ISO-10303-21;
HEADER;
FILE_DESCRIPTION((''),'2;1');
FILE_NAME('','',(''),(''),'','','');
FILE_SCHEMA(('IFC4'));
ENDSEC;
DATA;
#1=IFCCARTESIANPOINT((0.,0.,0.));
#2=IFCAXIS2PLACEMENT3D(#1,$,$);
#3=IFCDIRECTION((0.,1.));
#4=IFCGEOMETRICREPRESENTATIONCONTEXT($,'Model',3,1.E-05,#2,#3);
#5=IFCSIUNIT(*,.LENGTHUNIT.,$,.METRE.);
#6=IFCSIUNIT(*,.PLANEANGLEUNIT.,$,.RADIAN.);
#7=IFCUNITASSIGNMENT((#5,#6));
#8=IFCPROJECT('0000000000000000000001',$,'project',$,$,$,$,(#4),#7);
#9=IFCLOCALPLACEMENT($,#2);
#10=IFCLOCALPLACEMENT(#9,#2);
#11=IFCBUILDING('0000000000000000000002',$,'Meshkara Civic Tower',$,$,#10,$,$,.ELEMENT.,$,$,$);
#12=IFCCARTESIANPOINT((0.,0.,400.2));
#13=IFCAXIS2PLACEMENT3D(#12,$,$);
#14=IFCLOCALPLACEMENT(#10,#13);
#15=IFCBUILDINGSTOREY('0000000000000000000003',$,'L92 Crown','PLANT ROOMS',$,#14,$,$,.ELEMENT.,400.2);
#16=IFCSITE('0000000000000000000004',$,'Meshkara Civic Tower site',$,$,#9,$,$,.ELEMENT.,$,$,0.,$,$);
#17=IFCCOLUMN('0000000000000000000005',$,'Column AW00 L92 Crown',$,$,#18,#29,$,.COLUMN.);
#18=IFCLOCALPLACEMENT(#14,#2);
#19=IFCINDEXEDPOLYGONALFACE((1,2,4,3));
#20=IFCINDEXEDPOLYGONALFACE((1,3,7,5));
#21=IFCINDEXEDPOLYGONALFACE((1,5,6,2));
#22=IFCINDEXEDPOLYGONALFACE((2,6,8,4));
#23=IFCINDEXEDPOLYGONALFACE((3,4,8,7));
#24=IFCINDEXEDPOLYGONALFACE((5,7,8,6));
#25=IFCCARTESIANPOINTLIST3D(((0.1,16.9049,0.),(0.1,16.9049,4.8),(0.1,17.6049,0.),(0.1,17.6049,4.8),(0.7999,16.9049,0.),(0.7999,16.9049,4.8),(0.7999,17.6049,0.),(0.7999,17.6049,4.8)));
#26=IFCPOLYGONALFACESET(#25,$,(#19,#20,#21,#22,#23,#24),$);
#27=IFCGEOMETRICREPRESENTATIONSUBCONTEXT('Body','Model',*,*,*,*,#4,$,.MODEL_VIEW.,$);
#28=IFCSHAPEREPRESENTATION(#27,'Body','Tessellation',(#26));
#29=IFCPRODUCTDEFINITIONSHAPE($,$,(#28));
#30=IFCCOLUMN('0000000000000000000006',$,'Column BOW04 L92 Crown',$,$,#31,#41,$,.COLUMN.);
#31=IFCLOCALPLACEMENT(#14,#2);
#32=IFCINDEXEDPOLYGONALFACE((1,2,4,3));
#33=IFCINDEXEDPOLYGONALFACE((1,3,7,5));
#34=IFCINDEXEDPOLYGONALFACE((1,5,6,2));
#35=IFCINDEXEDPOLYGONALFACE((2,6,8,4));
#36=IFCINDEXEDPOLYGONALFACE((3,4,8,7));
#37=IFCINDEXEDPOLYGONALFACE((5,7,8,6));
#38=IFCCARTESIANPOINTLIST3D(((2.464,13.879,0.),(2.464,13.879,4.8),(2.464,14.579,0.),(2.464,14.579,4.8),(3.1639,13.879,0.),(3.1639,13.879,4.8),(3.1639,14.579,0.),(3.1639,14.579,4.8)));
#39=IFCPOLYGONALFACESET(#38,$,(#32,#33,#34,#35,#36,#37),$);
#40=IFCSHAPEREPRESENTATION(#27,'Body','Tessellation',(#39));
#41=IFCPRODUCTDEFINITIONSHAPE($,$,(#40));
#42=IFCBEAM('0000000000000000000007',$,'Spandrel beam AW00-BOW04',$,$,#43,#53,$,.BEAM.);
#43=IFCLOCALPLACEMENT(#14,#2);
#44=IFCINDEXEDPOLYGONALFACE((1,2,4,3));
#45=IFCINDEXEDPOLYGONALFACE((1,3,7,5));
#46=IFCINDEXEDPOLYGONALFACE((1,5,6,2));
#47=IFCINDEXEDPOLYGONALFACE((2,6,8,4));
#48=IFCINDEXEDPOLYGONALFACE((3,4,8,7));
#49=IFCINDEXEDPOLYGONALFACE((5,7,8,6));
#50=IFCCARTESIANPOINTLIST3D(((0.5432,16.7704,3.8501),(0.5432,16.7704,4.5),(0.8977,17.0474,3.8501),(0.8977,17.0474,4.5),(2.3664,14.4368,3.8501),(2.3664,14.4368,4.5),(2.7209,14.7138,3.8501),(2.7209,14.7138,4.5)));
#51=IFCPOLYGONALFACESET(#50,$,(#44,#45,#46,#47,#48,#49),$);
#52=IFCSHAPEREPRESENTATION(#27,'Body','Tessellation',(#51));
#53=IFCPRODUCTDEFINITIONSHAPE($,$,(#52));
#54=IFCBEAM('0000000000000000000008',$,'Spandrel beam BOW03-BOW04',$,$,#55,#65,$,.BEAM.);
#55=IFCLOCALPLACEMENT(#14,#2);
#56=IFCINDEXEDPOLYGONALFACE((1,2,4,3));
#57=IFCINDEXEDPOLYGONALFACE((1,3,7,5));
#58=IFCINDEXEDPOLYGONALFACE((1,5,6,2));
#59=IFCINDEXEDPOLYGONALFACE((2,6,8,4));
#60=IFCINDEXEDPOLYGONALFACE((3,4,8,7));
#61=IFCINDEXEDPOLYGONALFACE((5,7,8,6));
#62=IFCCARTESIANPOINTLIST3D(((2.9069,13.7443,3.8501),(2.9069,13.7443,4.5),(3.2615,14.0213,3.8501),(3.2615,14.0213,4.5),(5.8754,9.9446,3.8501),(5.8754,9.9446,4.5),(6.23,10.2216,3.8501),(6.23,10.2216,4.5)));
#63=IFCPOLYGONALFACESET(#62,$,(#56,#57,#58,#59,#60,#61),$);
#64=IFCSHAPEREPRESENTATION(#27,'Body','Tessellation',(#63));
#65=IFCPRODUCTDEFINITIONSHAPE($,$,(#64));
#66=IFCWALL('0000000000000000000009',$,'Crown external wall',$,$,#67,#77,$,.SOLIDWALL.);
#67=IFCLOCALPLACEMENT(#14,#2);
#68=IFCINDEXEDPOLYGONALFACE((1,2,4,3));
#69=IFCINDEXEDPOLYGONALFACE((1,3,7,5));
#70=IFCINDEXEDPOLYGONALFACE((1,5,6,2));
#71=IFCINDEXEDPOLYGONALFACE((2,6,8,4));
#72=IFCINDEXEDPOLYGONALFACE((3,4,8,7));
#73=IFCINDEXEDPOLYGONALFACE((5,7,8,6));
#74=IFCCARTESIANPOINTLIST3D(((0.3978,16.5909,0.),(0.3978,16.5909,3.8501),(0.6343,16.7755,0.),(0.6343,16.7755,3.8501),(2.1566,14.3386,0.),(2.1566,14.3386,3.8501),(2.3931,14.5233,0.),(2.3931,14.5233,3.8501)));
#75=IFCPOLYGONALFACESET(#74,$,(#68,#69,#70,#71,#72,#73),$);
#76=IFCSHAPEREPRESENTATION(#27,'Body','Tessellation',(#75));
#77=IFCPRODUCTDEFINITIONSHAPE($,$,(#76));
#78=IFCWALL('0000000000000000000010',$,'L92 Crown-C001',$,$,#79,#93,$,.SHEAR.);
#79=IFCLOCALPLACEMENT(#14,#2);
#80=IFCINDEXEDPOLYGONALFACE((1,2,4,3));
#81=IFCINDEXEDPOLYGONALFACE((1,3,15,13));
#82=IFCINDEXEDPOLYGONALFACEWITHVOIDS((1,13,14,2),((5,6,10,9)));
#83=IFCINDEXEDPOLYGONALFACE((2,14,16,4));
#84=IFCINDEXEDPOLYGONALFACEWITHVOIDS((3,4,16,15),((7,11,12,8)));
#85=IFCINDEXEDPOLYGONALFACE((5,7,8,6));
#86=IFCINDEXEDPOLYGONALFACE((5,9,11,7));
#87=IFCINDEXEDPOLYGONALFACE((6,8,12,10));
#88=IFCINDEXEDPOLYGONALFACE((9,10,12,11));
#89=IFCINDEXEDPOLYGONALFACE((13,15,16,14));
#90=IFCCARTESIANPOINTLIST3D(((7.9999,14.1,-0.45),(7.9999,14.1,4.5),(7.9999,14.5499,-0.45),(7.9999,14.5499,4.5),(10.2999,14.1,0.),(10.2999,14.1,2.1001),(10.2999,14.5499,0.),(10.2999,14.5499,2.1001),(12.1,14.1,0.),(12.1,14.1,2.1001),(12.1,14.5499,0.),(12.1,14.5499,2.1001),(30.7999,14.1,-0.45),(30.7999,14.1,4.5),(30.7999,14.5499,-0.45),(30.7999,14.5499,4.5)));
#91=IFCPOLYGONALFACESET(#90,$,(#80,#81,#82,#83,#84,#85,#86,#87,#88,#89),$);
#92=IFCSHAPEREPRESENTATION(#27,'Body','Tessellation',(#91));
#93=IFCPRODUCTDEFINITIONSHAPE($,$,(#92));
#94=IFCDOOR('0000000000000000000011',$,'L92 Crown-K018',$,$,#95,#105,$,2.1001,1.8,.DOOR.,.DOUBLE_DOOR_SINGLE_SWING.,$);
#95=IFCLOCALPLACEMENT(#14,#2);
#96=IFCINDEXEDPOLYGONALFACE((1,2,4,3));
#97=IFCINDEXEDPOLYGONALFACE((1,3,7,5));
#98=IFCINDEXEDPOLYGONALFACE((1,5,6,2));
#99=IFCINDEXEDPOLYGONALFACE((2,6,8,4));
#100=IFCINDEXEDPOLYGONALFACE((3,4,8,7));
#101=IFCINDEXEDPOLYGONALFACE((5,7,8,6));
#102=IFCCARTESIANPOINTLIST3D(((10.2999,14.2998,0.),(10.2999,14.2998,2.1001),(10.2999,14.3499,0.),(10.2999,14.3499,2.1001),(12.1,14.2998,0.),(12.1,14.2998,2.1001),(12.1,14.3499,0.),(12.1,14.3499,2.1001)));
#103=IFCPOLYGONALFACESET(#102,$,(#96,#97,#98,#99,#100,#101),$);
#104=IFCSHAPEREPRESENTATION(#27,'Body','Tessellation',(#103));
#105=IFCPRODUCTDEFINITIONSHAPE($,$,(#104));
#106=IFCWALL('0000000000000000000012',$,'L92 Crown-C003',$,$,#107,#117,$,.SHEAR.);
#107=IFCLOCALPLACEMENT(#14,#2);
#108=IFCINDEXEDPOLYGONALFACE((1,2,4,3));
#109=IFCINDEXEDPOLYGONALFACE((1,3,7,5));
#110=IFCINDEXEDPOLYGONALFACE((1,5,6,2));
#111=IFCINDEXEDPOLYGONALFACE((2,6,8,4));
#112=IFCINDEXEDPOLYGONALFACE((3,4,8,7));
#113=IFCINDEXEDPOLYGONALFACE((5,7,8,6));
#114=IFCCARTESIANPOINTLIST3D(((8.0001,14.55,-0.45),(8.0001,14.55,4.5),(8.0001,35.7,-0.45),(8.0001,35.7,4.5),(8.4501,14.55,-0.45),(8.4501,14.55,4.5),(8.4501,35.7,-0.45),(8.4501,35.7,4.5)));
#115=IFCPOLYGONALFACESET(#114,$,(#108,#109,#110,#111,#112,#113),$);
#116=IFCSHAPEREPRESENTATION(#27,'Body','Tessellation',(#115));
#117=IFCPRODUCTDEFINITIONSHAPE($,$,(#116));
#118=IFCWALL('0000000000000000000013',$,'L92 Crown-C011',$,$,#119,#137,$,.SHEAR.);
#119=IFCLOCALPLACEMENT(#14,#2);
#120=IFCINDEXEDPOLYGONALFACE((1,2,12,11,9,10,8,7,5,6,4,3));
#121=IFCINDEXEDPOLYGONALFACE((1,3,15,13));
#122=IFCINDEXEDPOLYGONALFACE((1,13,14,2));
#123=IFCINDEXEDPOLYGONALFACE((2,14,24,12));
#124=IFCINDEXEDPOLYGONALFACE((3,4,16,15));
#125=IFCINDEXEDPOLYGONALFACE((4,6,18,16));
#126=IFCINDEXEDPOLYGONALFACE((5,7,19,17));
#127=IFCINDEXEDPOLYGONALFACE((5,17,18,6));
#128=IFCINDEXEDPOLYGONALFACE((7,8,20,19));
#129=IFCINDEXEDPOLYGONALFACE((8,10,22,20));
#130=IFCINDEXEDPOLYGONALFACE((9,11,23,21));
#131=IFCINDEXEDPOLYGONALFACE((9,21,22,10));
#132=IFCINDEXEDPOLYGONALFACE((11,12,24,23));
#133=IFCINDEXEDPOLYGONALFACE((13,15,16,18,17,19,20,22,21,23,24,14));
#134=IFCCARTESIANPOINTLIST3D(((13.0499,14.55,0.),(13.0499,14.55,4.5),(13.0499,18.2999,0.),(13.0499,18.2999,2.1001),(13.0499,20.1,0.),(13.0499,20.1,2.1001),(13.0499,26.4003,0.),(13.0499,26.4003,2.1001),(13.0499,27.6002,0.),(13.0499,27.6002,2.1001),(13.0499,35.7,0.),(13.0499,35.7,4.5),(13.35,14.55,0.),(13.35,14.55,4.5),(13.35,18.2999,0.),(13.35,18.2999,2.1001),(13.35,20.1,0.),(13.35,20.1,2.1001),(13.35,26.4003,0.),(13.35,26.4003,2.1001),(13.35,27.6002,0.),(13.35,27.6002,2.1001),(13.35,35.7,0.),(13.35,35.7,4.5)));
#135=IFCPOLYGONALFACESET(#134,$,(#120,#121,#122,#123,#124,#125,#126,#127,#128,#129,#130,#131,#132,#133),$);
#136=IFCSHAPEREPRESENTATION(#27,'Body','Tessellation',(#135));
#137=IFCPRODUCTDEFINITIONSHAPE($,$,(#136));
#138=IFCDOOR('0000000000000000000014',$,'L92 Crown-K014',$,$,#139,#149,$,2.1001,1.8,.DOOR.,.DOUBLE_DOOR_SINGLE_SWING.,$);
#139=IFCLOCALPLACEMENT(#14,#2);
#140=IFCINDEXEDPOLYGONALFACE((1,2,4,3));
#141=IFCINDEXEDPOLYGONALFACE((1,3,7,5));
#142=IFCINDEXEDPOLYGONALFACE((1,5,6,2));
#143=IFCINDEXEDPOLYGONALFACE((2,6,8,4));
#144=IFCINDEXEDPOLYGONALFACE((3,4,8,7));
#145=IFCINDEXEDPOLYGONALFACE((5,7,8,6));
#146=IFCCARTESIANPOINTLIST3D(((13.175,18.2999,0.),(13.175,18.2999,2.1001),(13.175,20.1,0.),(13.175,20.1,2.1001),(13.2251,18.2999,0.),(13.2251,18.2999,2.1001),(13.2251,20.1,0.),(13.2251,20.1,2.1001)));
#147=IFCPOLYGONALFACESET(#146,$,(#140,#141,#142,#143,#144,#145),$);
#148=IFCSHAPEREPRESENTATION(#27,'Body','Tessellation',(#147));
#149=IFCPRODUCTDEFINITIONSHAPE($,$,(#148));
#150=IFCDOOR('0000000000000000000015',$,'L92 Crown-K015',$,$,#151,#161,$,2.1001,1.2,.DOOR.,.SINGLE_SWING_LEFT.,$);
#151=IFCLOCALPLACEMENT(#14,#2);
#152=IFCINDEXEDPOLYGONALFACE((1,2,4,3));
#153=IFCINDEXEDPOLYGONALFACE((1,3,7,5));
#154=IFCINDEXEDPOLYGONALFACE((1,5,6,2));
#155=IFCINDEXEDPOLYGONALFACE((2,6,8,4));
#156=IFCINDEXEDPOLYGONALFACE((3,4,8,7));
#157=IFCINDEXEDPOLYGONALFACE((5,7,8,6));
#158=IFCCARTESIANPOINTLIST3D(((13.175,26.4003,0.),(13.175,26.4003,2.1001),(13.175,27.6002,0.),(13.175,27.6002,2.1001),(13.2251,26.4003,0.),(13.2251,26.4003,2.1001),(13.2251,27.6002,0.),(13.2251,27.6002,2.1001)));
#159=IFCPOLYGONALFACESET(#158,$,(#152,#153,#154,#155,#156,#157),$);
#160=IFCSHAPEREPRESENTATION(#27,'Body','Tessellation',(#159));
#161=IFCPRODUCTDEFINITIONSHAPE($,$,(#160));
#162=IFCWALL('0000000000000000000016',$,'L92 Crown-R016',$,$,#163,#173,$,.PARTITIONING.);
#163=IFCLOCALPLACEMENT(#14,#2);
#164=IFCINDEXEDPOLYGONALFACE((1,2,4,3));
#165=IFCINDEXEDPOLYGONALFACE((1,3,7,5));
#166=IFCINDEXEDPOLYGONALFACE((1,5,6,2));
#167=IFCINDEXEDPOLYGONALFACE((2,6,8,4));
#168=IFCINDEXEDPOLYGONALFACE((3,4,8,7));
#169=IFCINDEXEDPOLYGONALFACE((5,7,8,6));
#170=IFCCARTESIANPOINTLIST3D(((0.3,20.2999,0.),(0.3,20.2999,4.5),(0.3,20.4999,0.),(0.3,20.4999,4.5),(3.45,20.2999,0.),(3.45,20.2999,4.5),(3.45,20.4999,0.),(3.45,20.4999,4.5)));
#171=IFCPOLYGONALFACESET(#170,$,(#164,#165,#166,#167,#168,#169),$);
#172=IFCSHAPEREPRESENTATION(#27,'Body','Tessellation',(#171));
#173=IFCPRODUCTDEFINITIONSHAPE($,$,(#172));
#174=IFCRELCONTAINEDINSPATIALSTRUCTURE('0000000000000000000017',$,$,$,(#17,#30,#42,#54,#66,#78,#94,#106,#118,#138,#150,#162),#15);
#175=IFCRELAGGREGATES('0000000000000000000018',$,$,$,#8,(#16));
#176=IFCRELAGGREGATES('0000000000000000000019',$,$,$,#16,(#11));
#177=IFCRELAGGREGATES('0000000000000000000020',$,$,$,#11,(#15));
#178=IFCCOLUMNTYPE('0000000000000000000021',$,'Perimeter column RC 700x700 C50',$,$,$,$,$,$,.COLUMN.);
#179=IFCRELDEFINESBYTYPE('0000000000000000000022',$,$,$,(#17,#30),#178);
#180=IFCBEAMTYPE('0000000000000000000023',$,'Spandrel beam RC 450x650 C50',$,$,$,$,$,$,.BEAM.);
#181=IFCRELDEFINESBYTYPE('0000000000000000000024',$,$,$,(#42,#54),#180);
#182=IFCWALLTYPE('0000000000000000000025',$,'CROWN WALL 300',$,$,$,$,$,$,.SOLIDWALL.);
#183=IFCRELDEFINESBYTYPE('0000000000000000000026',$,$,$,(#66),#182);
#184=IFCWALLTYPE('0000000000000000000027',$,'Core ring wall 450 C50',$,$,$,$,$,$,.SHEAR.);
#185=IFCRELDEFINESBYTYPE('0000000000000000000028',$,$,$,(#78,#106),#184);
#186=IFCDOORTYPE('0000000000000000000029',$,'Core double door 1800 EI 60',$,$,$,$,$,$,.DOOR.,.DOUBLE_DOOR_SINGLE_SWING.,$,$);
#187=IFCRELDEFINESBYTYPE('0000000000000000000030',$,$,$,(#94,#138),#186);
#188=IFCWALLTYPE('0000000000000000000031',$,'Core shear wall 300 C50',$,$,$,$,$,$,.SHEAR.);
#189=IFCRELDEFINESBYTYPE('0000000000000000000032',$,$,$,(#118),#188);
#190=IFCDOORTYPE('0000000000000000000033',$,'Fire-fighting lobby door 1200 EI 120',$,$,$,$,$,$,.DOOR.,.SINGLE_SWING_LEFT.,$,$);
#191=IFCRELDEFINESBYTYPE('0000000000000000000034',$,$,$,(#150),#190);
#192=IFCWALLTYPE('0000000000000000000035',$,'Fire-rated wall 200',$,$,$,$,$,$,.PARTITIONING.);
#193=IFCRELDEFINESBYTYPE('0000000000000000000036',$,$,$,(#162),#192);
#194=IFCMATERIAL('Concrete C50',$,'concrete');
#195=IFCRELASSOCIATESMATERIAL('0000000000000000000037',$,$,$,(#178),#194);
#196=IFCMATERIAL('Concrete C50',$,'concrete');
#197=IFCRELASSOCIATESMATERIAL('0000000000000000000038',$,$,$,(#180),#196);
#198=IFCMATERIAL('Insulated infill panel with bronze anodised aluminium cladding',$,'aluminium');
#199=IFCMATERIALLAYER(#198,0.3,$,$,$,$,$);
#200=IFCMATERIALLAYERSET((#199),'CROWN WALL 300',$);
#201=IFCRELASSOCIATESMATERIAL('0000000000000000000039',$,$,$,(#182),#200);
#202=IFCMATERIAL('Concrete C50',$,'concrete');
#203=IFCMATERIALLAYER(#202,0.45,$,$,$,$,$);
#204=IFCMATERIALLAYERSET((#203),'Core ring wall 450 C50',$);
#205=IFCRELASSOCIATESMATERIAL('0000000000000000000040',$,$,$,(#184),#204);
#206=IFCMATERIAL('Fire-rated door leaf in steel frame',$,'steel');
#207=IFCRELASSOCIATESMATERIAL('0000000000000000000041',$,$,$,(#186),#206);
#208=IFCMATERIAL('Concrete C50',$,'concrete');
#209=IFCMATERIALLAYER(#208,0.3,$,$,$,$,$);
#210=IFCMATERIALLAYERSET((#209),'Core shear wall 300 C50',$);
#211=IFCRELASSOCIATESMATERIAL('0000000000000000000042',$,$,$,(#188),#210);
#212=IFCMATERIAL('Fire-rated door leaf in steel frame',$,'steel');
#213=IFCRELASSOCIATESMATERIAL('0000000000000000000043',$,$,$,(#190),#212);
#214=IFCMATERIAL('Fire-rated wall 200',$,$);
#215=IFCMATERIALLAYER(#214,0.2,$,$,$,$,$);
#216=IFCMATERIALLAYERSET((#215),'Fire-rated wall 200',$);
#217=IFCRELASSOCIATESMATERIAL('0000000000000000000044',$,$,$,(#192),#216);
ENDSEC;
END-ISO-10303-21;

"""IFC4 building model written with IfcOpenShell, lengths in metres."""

from ifc_helpers import new_model, si_unit, direction, frame, frame_2d, origin, origin_2d, place, context, subcontext, project, spatial, rectangle, extrude, material, layer, layer_set, material_profile, profile_set, type_object, element, fill, save


model = new_model("IFC4")

# Units and contexts
model_context = context("Model", 3, precision=1e-05, world=origin(), true_north=direction((0.0, 1.0)))
body_context = subcontext(model_context, "Body", "Model", "MODEL_VIEW")
ifc_project = project(units=[si_unit("LENGTHUNIT", "METRE"), si_unit("PLANEANGLEUNIT", "RADIAN")], contexts=[model_context])

# Site, building, storey
site_placement = place(None, origin())
site = spatial("IfcSite", under=ifc_project, at=site_placement, Name="Meshkara Civic Tower site", CompositionType="ELEMENT", RefElevation=0.0)
building_placement = place(site_placement, origin())
building = spatial("IfcBuilding", under=site, at=building_placement, Name="Meshkara Civic Tower", CompositionType="ELEMENT")
storey_placement = place(building_placement, frame((0.0, 0.0, 400.2)))
storey = spatial("IfcBuildingStorey", under=building, at=storey_placement, Name="L92 Crown", Description="PLANT ROOMS", CompositionType="ELEMENT", Elevation=400.2)

# Columns
ifc_material_1 = material(Name="Concrete C50", Category="concrete")
ifc_material_profile_1 = material_profile(ifc_material_1, rectangle(XDim=0.7, YDim=0.7, at=origin_2d()))
ifc_profile_set_1 = profile_set([ifc_material_profile_1], Name="Concrete C50")
column_type = type_object("IfcColumnType", Name="Perimeter column RC 700x700 C50", PredefinedType="COLUMN", material=ifc_profile_set_1)
for number, where, z_axis, x_axis, name in (
    (1, (0.45, 17.2549, 0.0), (0.0, 0.0, 1.0), (1.0, 0.0, 0.0), "Column AW00 L92 Crown"),
    (2, (2.814, 14.229, 0.0), (0.0, 0.0, 1.0), (1.0, 0.0, 0.0), "Column BOW04 L92 Crown"),
):
    element("IfcColumn", number, at=place(storey_placement, frame(where, z_axis=z_axis, x_axis=x_axis)), inside=storey, type_object=column_type, Name=name, PredefinedType="COLUMN", context=body_context, shape_type="SweptSolid", body=[
        extrude(rectangle(XDim=0.7, YDim=0.7, at=origin_2d()), origin(), (0.0, 0.0, 1.0), 4.8),
    ])

# Beams
ifc_material_2 = material(Name="Concrete C50", Category="concrete")
ifc_material_profile_2 = material_profile(ifc_material_2, rectangle(XDim=0.45, YDim=0.6499, at=origin_2d()))
ifc_profile_set_2 = profile_set([ifc_material_profile_2], Name="Concrete C50")
beam_type = type_object("IfcBeamType", Name="Spandrel beam RC 450x650 C50", PredefinedType="BEAM", material=ifc_profile_set_2)
beam_1_placement = place(storey_placement, frame((0.7205, 16.9089, 4.175), z_axis=(0.615646, -0.788023, 0.0), x_axis=(0.788023, 0.615646, 0.0)))
element("IfcBeam", 3, at=beam_1_placement, inside=storey, type_object=beam_type, Name="Spandrel beam AW00-BOW04", PredefinedType="BEAM", context=body_context, shape_type="SweptSolid", body=[
    extrude(rectangle(XDim=0.45, YDim=0.6499, at=origin_2d()), origin(), (0.0, 0.0, 1.0), 2.9614),
])
beam_2_placement = place(storey_placement, frame((3.0842, 13.8828, 4.175), z_axis=(0.615632, -0.788034, 0.0), x_axis=(0.788034, 0.615632, 0.0)))
element("IfcBeam", 4, at=beam_2_placement, inside=storey, type_object=beam_type, Name="Spandrel beam BOW03-BOW04", PredefinedType="BEAM", context=body_context, shape_type="SweptSolid", body=[
    extrude(rectangle(XDim=0.45, YDim=0.6499, at=origin_2d()), origin(), (0.0, 0.0, 1.0), 4.8218),
])

# Wall
ifc_material_3 = material(Name="Insulated infill panel with bronze anodised aluminium cladding", Category="aluminium")
ifc_layer_1 = layer(ifc_material_3, 0.3)
ifc_layer_set_1 = layer_set([ifc_layer_1], Name="CROWN WALL 300")
wall_type_1 = type_object("IfcWallType", Name="CROWN WALL 300", PredefinedType="SOLIDWALL", material=ifc_layer_set_1)
wall_1_placement = place(storey_placement, frame((0.5161, 16.6831, 0.0), z_axis=(0.0, 0.0, 1.0), x_axis=(0.615483, -0.78815, 0.0)))
element("IfcWall", 5, at=wall_1_placement, inside=storey, type_object=wall_type_1, Name="Crown external wall", PredefinedType="SOLIDWALL", context=body_context, shape_type="SweptSolid", body=[
    extrude(rectangle(XDim=2.8577, YDim=0.3, at=frame_2d((1.4287, 0.0))), origin(), (0.0, 0.0, 1.0), 3.8501),
])

# Wall, opening, door
ifc_material_4 = material(Name="Concrete C50", Category="concrete")
ifc_layer_2 = layer(ifc_material_4, 0.45)
ifc_layer_set_2 = layer_set([ifc_layer_2], Name="Core ring wall 450 C50")
wall_type_2 = type_object("IfcWallType", Name="Core ring wall 450 C50", PredefinedType="SHEAR", material=ifc_layer_set_2)
wall_2_placement = place(storey_placement, frame((8.0, 14.325, -0.45), z_axis=(0.0, 0.0, 1.0), x_axis=(1.0, 0.0, 0.0)))
wall_2 = element("IfcWall", 6, at=wall_2_placement, inside=storey, type_object=wall_type_2, Name="L92 Crown-C001", PredefinedType="SHEAR", context=body_context, shape_type="SweptSolid", body=[
    extrude(rectangle(XDim=22.8, YDim=0.45, at=frame_2d((11.3999, 0.0))), origin(), (0.0, 0.0, 1.0), 4.95),
])
opening_1_placement = place(wall_2_placement, frame((2.3, 0.0, 0.45)))
opening_1 = element("IfcOpeningElement", 7, at=opening_1_placement, cuts=wall_2, PredefinedType="OPENING", context=body_context, shape_type="SweptSolid", body=[
    extrude(rectangle(XDim=1.8, YDim=2.1001, at=frame_2d((0.8999, 1.05))), frame((0.0, 0.2349, 0.0), z_axis=(0.0, -1.0, 0.0), x_axis=(1.0, 0.0, 0.0)), (0.0, 0.0, 1.0), 0.47),
])
ifc_material_5 = material(Name="Fire-rated door leaf in steel frame", Category="steel")
door_type_1 = type_object("IfcDoorType", Name="Core double door 1800 EI 60", OperationType="DOUBLE_DOOR_SINGLE_SWING", PredefinedType="DOOR", material=ifc_material_5)
door_1_placement = place(opening_1_placement, origin())
door_1 = element("IfcDoor", 8, at=door_1_placement, inside=storey, type_object=door_type_1, Name="L92 Crown-K018", OperationType="DOUBLE_DOOR_SINGLE_SWING", OverallHeight=2.1001, OverallWidth=1.8, PredefinedType="DOOR", context=body_context, shape_type="SweptSolid", body=[
    extrude(rectangle(XDim=1.8, YDim=2.1001, at=frame_2d((0.8999, 1.05))), frame((0.0, 0.0249, 0.0), z_axis=(0.0, -1.0, 0.0), x_axis=(1.0, 0.0, 0.0)), (0.0, 0.0, 1.0), 0.05),
])
fill(opening_1, door_1)

# Wall
wall_3_placement = place(storey_placement, frame((8.2251, 14.55, -0.45), z_axis=(0.0, 0.0, 1.0), x_axis=(0.0, 1.0, 0.0)))
element("IfcWall", 9, at=wall_3_placement, inside=storey, type_object=wall_type_2, Name="L92 Crown-C003", PredefinedType="SHEAR", context=body_context, shape_type="SweptSolid", body=[
    extrude(rectangle(XDim=21.1499, YDim=0.45, at=frame_2d((10.575, 0.0))), origin(), (0.0, 0.0, 1.0), 4.95),
])

# Wall, openings, doors
ifc_material_6 = material(Name="Concrete C50", Category="concrete")
ifc_layer_3 = layer(ifc_material_6, 0.3)
ifc_layer_set_3 = layer_set([ifc_layer_3], Name="Core shear wall 300 C50")
wall_type_3 = type_object("IfcWallType", Name="Core shear wall 300 C50", PredefinedType="SHEAR", material=ifc_layer_set_3)
wall_4_placement = place(storey_placement, frame((13.2, 14.55, 0.0), z_axis=(0.0, 0.0, 1.0), x_axis=(0.0, 1.0, 0.0)))
wall_4 = element("IfcWall", 10, at=wall_4_placement, inside=storey, type_object=wall_type_3, Name="L92 Crown-C011", PredefinedType="SHEAR", context=body_context, shape_type="SweptSolid", body=[
    extrude(rectangle(XDim=21.1499, YDim=0.3, at=frame_2d((10.575, 0.0))), origin(), (0.0, 0.0, 1.0), 4.5),
])
opening_2_placement = place(wall_4_placement, frame((3.75, 0.0, 0.0)))
opening_2 = element("IfcOpeningElement", 11, at=opening_2_placement, cuts=wall_4, PredefinedType="OPENING", context=body_context, shape_type="SweptSolid", body=[
    extrude(rectangle(XDim=1.8, YDim=2.1001, at=frame_2d((0.8999, 1.05))), frame((0.0, 0.1599, 0.0), z_axis=(0.0, -1.0, 0.0), x_axis=(1.0, 0.0, 0.0)), (0.0, 0.0, 1.0), 0.3201),
])
opening_3_placement = place(wall_4_placement, frame((11.8501, 0.0, 0.0)))
opening_3 = element("IfcOpeningElement", 12, at=opening_3_placement, cuts=wall_4, PredefinedType="OPENING", context=body_context, shape_type="SweptSolid", body=[
    extrude(rectangle(XDim=1.2, YDim=2.1001, at=frame_2d((0.6001, 1.05))), frame((0.0, 0.1599, 0.0), z_axis=(0.0, -1.0, 0.0), x_axis=(1.0, 0.0, 0.0)), (0.0, 0.0, 1.0), 0.3201),
])
door_2_placement = place(opening_2_placement, origin())
door_2 = element("IfcDoor", 13, at=door_2_placement, inside=storey, type_object=door_type_1, Name="L92 Crown-K014", OperationType="DOUBLE_DOOR_SINGLE_SWING", OverallHeight=2.1001, OverallWidth=1.8, PredefinedType="DOOR", context=body_context, shape_type="SweptSolid", body=[
    extrude(rectangle(XDim=1.8, YDim=2.1001, at=frame_2d((0.8999, 1.05))), frame((0.0, 0.0249, 0.0), z_axis=(0.0, -1.0, 0.0), x_axis=(1.0, 0.0, 0.0)), (0.0, 0.0, 1.0), 0.05),
])
fill(opening_2, door_2)
ifc_material_7 = material(Name="Fire-rated door leaf in steel frame", Category="steel")
door_type_2 = type_object("IfcDoorType", Name="Fire-fighting lobby door 1200 EI 120", OperationType="SINGLE_SWING_LEFT", PredefinedType="DOOR", material=ifc_material_7)
door_3_placement = place(opening_3_placement, origin())
door_3 = element("IfcDoor", 14, at=door_3_placement, inside=storey, type_object=door_type_2, Name="L92 Crown-K015", OperationType="SINGLE_SWING_LEFT", OverallHeight=2.1001, OverallWidth=1.2, PredefinedType="DOOR", context=body_context, shape_type="SweptSolid", body=[
    extrude(rectangle(XDim=1.2, YDim=2.1001, at=frame_2d((0.6001, 1.05))), frame((0.0, 0.0249, 0.0), z_axis=(0.0, -1.0, 0.0), x_axis=(1.0, 0.0, 0.0)), (0.0, 0.0, 1.0), 0.05),
])
fill(opening_3, door_3)

# Wall
ifc_material_8 = material(Name="Fire-rated wall 200")
ifc_layer_4 = layer(ifc_material_8, 0.2)
ifc_layer_set_4 = layer_set([ifc_layer_4], Name="Fire-rated wall 200")
wall_type_4 = type_object("IfcWallType", Name="Fire-rated wall 200", PredefinedType="PARTITIONING", material=ifc_layer_set_4)
wall_5_placement = place(storey_placement, frame((3.45, 20.3999, 0.0), z_axis=(0.0, 0.0, 1.0), x_axis=(-1.0, 0.0, 0.0)))
element("IfcWall", 15, at=wall_5_placement, inside=storey, type_object=wall_type_4, Name="L92 Crown-R016", PredefinedType="PARTITIONING", context=body_context, shape_type="SweptSolid", body=[
    extrude(rectangle(XDim=3.1499, YDim=0.2, at=frame_2d((1.575, 0.0))), origin(), (0.0, 0.0, 1.0), 4.5),
])

save(model, "model.ifc")
